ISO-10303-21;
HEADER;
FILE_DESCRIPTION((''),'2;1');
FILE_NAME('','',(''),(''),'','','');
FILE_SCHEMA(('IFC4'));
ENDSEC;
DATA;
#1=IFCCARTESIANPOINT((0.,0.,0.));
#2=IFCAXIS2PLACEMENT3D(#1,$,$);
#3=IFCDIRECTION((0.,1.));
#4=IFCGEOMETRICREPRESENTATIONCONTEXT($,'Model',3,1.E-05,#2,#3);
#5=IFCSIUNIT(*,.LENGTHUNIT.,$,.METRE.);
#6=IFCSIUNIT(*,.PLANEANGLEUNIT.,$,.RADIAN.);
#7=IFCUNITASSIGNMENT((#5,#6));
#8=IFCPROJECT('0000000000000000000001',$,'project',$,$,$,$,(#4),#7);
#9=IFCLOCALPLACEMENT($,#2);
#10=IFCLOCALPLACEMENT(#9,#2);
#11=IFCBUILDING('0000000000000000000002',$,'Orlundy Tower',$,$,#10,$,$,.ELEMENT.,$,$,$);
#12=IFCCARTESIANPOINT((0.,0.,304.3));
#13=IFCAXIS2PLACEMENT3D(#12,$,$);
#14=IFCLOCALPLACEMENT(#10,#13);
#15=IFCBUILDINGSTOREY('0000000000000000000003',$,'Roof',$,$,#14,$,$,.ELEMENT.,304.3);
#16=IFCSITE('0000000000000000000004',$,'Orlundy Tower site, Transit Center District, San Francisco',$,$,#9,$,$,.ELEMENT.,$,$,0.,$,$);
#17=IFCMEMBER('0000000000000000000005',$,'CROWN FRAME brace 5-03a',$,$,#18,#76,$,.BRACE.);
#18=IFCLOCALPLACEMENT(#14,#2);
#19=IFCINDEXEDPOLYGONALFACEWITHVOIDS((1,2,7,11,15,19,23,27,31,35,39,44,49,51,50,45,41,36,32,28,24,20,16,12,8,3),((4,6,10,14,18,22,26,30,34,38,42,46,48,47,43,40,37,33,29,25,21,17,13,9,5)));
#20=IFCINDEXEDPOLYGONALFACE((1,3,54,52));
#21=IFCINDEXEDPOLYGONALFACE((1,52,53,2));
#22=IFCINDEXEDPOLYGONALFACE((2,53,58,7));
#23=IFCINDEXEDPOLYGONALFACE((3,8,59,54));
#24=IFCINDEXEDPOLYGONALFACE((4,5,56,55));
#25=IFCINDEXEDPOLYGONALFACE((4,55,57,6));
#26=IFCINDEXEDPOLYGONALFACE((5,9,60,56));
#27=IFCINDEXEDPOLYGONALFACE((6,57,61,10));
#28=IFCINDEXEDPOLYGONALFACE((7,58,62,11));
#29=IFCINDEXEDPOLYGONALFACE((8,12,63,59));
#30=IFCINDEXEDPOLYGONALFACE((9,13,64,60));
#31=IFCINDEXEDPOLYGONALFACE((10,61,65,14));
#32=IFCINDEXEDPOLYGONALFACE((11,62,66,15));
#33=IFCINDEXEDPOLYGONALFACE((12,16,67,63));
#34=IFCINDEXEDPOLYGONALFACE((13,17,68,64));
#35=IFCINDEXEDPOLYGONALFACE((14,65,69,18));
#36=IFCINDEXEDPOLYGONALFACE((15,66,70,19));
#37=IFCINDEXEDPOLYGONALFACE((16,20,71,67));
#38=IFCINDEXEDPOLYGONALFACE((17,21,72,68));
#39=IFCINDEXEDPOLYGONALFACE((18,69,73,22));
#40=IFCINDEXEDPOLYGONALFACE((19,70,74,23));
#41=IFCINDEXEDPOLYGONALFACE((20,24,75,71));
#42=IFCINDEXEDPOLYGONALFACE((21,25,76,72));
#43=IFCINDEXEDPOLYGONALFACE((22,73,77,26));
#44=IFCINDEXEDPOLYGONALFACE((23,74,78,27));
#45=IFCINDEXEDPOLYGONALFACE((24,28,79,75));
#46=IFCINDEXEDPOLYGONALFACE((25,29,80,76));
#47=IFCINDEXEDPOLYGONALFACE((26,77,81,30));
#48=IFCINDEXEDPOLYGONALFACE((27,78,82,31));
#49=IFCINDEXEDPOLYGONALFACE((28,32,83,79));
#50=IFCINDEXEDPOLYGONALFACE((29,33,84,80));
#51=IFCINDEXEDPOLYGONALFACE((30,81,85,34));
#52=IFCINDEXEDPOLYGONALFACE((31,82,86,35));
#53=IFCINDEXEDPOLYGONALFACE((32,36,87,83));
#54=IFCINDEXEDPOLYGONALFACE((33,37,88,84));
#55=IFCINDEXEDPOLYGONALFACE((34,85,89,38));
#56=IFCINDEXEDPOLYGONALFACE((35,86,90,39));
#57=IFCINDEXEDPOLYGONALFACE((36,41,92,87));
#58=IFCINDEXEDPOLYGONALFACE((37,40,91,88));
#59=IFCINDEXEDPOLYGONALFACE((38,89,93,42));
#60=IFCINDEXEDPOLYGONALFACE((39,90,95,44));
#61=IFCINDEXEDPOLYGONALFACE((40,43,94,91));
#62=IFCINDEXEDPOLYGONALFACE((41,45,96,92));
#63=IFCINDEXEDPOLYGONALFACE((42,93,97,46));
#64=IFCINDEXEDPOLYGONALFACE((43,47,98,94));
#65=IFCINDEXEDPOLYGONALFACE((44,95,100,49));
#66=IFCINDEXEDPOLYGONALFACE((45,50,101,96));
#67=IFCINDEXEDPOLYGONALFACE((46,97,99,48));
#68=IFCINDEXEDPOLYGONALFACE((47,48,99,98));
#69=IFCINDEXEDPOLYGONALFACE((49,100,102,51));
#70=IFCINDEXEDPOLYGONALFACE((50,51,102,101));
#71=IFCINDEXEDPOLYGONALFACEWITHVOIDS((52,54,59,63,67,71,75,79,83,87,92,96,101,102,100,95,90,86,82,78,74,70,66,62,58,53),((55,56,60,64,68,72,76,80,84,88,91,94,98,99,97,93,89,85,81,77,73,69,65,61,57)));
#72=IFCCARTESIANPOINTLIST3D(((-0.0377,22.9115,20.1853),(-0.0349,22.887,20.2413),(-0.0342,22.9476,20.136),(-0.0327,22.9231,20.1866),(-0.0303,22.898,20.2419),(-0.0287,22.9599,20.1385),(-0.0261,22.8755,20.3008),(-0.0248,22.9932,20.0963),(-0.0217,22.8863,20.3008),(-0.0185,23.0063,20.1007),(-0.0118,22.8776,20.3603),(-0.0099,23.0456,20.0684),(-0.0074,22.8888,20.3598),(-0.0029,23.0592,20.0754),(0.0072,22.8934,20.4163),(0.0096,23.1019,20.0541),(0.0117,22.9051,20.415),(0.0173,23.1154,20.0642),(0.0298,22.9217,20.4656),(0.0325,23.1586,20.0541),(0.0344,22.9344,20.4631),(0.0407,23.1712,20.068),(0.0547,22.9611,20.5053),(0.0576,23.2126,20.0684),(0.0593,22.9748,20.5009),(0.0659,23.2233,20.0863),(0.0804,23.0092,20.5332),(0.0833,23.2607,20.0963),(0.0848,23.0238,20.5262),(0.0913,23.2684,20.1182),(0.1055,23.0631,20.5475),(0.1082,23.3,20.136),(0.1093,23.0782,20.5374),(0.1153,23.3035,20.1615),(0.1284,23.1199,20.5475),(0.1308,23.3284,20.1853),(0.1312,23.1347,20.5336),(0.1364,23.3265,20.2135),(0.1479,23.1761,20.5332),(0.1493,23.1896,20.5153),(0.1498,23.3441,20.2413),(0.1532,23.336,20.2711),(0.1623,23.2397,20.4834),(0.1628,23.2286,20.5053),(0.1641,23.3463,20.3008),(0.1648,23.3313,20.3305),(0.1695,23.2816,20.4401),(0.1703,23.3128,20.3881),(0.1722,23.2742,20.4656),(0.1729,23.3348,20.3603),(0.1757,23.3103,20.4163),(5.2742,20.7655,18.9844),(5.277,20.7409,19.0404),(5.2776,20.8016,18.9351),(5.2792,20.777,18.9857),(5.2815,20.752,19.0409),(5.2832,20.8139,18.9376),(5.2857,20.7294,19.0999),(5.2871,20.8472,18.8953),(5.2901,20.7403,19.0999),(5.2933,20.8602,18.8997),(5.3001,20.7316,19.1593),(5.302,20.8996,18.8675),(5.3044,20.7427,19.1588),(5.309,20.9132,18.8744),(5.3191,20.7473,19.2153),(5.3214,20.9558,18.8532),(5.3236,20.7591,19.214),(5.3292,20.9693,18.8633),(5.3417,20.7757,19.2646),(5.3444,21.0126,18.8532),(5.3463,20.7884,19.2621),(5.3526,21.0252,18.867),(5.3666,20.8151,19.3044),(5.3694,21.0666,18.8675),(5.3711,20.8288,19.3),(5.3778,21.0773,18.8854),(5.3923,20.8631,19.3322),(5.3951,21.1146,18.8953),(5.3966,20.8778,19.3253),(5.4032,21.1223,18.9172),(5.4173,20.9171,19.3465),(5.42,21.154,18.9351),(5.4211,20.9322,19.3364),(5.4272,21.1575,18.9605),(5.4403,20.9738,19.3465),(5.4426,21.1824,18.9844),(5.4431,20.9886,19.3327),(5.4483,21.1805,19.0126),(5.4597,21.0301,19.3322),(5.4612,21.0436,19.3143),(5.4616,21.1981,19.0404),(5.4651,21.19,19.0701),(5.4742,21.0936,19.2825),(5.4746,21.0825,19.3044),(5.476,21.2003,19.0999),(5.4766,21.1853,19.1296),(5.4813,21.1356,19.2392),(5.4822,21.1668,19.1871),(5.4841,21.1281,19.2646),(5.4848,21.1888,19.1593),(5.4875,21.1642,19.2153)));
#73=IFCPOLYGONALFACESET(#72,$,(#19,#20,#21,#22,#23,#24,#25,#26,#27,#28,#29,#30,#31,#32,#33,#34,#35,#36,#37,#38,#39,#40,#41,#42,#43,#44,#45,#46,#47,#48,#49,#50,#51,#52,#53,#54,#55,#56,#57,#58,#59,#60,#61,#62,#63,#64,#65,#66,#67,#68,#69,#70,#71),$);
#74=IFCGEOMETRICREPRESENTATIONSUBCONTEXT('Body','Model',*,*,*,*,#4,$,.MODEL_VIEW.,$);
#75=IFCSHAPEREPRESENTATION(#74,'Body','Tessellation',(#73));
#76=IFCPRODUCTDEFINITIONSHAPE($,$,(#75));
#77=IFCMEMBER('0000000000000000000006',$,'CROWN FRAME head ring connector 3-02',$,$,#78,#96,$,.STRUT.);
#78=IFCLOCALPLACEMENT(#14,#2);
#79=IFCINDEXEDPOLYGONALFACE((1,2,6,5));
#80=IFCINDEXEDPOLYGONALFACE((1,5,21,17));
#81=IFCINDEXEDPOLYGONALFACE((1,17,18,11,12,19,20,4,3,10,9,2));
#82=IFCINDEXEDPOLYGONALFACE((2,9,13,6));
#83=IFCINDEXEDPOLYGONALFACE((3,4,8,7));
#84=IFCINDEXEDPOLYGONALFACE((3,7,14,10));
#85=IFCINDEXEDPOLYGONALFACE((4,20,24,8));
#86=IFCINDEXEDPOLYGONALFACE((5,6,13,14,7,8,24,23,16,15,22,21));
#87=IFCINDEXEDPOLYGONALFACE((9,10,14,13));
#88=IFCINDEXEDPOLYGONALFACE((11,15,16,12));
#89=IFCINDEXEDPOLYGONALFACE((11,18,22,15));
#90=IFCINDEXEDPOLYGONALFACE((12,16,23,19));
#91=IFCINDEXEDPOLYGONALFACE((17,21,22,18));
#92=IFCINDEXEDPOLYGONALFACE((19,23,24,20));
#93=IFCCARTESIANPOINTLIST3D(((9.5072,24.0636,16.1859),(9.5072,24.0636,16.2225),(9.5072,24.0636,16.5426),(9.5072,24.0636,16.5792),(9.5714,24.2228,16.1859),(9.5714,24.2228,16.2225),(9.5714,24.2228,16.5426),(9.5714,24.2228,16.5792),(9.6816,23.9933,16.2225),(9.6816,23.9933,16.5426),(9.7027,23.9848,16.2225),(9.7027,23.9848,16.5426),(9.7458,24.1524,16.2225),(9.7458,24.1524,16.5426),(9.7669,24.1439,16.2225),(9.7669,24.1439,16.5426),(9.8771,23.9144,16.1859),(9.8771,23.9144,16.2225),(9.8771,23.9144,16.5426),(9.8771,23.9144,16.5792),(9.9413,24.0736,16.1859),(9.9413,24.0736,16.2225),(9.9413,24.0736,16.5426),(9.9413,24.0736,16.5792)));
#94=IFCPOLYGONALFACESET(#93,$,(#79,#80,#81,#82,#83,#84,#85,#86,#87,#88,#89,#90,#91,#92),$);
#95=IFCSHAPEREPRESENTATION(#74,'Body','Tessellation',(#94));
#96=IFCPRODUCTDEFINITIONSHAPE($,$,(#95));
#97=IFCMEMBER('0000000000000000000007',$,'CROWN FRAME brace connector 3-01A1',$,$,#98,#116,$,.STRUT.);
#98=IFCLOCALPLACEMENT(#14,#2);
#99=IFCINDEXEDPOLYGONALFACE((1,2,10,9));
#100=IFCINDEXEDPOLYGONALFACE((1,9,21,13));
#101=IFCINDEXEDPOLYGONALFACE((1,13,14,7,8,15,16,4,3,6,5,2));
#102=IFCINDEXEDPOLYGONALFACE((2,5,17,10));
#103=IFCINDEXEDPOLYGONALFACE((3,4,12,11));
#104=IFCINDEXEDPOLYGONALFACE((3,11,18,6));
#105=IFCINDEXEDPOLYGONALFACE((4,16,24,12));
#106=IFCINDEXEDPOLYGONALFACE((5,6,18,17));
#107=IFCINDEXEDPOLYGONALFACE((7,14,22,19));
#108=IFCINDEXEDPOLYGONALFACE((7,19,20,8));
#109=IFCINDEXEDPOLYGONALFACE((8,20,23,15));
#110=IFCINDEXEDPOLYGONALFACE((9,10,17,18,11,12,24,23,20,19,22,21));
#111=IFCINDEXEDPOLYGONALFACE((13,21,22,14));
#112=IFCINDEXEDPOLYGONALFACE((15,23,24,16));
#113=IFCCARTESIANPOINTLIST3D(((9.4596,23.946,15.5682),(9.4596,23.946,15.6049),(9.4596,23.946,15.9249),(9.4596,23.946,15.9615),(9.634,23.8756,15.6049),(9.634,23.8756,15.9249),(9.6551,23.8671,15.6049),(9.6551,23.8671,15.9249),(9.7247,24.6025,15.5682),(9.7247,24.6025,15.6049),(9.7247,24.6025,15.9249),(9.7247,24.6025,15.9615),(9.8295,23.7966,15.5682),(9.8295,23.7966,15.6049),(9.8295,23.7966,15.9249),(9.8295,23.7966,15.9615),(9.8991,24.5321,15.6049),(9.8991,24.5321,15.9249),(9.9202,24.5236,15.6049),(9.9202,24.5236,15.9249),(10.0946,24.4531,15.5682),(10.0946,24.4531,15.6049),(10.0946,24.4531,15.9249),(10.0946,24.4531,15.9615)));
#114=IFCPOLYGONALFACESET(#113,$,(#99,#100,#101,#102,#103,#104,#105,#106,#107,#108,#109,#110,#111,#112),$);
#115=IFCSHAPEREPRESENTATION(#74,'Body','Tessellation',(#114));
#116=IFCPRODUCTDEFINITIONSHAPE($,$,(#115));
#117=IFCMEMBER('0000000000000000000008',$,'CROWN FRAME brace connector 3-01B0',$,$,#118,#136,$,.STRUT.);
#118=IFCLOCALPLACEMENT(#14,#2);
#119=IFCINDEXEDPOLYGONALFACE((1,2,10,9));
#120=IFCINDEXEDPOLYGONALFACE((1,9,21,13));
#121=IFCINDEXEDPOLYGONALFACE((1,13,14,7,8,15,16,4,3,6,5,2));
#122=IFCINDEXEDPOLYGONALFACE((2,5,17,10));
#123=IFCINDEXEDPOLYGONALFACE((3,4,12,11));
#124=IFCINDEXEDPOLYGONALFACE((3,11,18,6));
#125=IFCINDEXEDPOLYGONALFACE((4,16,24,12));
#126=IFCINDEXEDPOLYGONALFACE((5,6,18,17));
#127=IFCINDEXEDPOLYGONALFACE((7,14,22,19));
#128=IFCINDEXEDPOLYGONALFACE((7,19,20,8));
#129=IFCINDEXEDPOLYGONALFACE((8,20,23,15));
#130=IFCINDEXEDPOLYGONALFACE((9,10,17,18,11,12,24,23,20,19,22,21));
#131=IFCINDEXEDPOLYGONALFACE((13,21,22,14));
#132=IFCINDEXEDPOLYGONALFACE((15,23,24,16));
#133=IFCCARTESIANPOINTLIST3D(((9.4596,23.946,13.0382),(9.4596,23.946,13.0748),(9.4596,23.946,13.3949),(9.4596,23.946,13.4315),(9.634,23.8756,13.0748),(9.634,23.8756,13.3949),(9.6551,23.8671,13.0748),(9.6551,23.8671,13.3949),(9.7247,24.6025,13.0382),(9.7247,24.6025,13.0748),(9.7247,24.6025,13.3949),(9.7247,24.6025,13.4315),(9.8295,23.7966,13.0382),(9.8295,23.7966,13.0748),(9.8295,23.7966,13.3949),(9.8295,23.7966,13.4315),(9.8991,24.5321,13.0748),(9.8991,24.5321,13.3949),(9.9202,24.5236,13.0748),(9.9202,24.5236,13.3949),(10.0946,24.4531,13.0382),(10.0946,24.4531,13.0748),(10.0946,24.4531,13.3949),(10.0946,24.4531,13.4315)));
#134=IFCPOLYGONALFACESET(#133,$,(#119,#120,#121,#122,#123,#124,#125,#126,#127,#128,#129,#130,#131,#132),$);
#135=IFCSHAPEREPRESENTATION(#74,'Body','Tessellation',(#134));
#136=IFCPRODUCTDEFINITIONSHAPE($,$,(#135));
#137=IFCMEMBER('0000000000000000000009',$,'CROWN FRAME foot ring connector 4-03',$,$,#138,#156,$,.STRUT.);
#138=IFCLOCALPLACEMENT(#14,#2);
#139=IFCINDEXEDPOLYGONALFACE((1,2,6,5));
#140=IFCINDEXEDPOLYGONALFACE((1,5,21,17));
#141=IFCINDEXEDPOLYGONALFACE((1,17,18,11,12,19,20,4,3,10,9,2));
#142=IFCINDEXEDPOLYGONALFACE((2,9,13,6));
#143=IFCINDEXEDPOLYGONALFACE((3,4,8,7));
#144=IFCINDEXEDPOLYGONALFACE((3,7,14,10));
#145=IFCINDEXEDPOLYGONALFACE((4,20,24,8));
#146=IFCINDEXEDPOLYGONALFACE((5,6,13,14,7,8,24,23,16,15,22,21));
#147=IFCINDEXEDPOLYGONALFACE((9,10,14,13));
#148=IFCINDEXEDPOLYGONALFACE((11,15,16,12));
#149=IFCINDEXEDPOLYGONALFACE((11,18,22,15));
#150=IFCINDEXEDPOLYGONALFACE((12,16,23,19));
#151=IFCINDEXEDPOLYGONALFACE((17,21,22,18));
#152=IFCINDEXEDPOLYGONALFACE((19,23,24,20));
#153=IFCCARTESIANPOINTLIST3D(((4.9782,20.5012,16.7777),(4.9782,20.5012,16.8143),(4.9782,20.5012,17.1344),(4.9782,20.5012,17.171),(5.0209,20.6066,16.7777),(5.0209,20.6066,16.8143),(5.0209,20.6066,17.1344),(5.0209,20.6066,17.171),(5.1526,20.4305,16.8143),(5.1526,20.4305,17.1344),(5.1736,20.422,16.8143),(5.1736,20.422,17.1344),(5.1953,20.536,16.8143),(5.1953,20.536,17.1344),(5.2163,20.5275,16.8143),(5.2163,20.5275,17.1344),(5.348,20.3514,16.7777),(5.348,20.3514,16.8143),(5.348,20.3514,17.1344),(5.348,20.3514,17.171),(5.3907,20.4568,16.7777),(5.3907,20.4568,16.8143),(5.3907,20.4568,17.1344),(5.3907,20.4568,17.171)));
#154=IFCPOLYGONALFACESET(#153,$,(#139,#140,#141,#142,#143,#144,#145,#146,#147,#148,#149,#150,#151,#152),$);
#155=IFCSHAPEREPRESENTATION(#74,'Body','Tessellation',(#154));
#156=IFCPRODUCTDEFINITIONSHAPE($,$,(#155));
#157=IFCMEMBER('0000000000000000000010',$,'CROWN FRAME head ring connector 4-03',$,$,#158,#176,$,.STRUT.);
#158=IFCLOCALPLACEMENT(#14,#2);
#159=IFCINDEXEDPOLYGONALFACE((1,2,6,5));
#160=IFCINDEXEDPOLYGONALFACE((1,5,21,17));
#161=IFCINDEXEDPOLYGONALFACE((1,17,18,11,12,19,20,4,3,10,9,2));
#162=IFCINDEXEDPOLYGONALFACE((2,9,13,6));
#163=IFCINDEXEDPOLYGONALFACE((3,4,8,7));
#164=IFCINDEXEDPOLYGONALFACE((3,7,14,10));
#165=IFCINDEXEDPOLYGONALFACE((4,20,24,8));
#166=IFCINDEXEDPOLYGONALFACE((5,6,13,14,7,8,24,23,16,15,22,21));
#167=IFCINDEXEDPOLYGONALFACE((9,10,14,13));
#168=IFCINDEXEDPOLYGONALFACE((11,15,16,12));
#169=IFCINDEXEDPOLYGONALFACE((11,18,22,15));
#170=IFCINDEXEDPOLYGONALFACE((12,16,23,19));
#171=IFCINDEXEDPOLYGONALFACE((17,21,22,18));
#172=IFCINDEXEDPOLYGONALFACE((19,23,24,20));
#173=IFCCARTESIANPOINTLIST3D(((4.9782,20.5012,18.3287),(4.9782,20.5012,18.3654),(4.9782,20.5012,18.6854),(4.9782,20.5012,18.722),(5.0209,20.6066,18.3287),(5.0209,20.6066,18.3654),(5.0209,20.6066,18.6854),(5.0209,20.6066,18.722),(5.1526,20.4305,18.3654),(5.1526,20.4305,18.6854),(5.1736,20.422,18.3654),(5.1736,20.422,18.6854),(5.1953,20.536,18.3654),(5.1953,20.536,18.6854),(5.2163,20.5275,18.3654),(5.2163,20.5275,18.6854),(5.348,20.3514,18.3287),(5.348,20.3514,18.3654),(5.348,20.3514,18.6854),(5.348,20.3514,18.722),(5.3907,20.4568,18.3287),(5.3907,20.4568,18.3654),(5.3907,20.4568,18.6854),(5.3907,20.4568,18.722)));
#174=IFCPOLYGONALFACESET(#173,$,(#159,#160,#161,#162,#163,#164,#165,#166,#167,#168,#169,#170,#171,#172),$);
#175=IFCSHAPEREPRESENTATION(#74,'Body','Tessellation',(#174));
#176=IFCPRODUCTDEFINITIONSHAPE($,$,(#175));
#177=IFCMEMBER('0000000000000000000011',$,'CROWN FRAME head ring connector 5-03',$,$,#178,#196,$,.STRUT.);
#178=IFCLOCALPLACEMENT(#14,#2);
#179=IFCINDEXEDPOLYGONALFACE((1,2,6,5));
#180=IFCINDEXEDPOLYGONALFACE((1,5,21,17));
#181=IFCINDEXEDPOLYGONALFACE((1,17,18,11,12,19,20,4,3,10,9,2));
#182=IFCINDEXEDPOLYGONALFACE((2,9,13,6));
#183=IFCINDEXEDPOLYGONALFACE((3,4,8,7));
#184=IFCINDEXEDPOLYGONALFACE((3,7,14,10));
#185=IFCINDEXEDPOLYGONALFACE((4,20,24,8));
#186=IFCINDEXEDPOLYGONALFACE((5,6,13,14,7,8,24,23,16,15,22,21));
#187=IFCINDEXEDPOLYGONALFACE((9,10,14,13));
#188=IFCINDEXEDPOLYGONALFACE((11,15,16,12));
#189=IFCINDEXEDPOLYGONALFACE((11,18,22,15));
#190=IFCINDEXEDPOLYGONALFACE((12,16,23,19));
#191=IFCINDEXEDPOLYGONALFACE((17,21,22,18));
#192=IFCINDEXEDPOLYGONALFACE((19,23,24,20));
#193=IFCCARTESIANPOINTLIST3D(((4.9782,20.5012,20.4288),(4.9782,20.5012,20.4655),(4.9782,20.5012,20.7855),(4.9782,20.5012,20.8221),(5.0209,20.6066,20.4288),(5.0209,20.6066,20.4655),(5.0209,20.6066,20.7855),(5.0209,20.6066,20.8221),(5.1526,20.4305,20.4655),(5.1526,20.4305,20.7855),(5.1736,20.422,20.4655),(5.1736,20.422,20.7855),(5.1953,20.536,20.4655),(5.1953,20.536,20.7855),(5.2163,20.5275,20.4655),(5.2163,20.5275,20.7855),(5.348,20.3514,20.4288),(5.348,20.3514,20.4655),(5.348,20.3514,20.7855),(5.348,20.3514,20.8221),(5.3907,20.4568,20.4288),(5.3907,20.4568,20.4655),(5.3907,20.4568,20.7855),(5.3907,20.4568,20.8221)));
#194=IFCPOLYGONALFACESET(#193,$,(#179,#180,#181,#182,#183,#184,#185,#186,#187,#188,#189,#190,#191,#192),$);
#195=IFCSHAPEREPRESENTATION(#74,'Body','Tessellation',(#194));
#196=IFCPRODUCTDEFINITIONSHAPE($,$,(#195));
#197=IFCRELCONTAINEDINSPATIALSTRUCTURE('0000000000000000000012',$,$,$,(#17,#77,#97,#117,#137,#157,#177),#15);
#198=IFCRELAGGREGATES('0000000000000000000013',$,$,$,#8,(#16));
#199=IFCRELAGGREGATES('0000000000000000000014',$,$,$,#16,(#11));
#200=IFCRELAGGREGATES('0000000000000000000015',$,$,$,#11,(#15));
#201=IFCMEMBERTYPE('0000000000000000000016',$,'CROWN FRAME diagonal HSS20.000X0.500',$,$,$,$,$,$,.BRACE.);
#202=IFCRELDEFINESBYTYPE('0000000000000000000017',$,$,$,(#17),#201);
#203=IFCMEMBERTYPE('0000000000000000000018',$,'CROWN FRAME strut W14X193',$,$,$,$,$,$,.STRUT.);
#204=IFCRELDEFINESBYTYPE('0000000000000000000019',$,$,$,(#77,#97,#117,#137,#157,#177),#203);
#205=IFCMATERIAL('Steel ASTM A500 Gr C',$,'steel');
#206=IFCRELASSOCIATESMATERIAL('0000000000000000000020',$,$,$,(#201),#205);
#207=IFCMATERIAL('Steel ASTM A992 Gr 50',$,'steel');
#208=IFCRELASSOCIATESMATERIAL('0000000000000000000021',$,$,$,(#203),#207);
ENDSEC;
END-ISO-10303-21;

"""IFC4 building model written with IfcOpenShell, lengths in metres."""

from ifc_helpers import new_model, si_unit, direction, frame, origin, origin_2d, place, context, subcontext, project, spatial, hollow_circle, i_section, extrude, material, material_profile, profile_set, type_object, element, save


model = new_model("IFC4")

# Units and contexts
model_context = context("Model", 3, precision=1e-05, world=origin(), true_north=direction((0.0, 1.0)))
body_context = subcontext(model_context, "Body", "Model", "MODEL_VIEW")
ifc_project = project(units=[si_unit("LENGTHUNIT", "METRE"), si_unit("PLANEANGLEUNIT", "RADIAN")], contexts=[model_context])

# Site, building, storey
site_placement = place(None, origin())
site = spatial("IfcSite", under=ifc_project, at=site_placement, Name="Orlundy Tower site, Transit Center District, San Francisco", CompositionType="ELEMENT", RefElevation=0.0)
building_placement = place(site_placement, origin())
building = spatial("IfcBuilding", under=site, at=building_placement, Name="Orlundy Tower", CompositionType="ELEMENT")
storey_placement = place(building_placement, frame((0.0, 0.0, 304.3)))
storey = spatial("IfcBuildingStorey", under=building, at=storey_placement, Name="Roof", CompositionType="ELEMENT", Elevation=304.3)

# Members
ifc_material_1 = material(Name="Steel ASTM A500 Gr C", Category="steel")
ifc_material_profile_1 = material_profile(ifc_material_1, hollow_circle(Radius=0.2539, WallThickness=0.0117, at=origin_2d()), Name="HSS20.000X0.500")
ifc_profile_set_1 = profile_set([ifc_material_profile_1], Name="Steel ASTM A500 Gr C")
member_type_1 = type_object("IfcMemberType", Name="CROWN FRAME diagonal HSS20.000X0.500", PredefinedType="BRACE", material=ifc_profile_set_1)
for number, where, z_axis, x_axis, name in (
    (1, (5.3809, 20.9648, 19.0999), (-0.907466, 0.366623, 0.205167), (-0.374592, -0.92719, 0.0), "CROWN FRAME brace 5-03a"),
):
    element("IfcMember", number, at=place(storey_placement, frame(where, z_axis=z_axis, x_axis=x_axis)), inside=storey, type_object=member_type_1, Name=name, PredefinedType="BRACE", context=body_context, shape_type="SweptSolid", body=[
        extrude(hollow_circle(Radius=0.2539, WallThickness=0.0117, at=origin_2d()), origin(), (0.0, 0.0, 1.0), 5.8535),
    ])
ifc_material_2 = material(Name="Steel ASTM A992 Gr 50", Category="steel")
ifc_material_profile_2 = material_profile(ifc_material_2, i_section(OverallWidth=0.3989, OverallDepth=0.3933, WebThickness=0.0227, FlangeThickness=0.0366, at=origin_2d()), Name="W14X193")
ifc_profile_set_2 = profile_set([ifc_material_profile_2], Name="Steel ASTM A992 Gr 50")
member_type_2 = type_object("IfcMemberType", Name="CROWN FRAME strut W14X193", PredefinedType="STRUT", material=ifc_profile_set_2)
member_1_placement = place(storey_placement, frame((9.6921, 23.989, 16.3826), z_axis=(0.374087, 0.927394, 0.0), x_axis=(-0.927394, 0.374087, 0.0)))
element("IfcMember", 2, at=member_1_placement, inside=storey, type_object=member_type_2, Name="CROWN FRAME head ring connector 3-02", PredefinedType="STRUT", context=body_context, shape_type="SweptSolid", body=[
    extrude(i_section(OverallWidth=0.3989, OverallDepth=0.3933, WebThickness=0.0227, FlangeThickness=0.0366, at=origin_2d()), origin(), (0.0, 0.0, 1.0), 0.1716),
])
for number, where, z_axis, x_axis, name in (
    (3, (9.6445, 23.8713, 15.7649), (0.37448, 0.927235, 0.0), (-0.927235, 0.37448, 0.0), "CROWN FRAME brace connector 3-01A1"),
    (4, (9.6445, 23.8713, 13.2349), (0.37448, 0.927235, 0.0), (-0.927235, 0.37448, 0.0), "CROWN FRAME brace connector 3-01B0"),
):
    element("IfcMember", number, at=place(storey_placement, frame(where, z_axis=z_axis, x_axis=x_axis)), inside=storey, type_object=member_type_2, Name=name, PredefinedType="STRUT", context=body_context, shape_type="SweptSolid", body=[
        extrude(i_section(OverallWidth=0.3989, OverallDepth=0.3933, WebThickness=0.0227, FlangeThickness=0.0366, at=origin_2d()), origin(), (0.0, 0.0, 1.0), 0.708),
    ])
for number, where, z_axis, x_axis, name in (
    (5, (5.1631, 20.4263, 16.9744), (0.375456, 0.92684, 0.0), (-0.92684, 0.375456, 0.0), "CROWN FRAME foot ring connector 4-03"),
    (6, (5.1631, 20.4263, 18.5254), (0.375456, 0.92684, 0.0), (-0.92684, 0.375456, 0.0), "CROWN FRAME head ring connector 4-03"),
    (7, (5.1631, 20.4263, 20.6255), (0.375456, 0.92684, 0.0), (-0.92684, 0.375456, 0.0), "CROWN FRAME head ring connector 5-03"),
):
    element("IfcMember", number, at=place(storey_placement, frame(where, z_axis=z_axis, x_axis=x_axis)), inside=storey, type_object=member_type_2, Name=name, PredefinedType="STRUT", context=body_context, shape_type="SweptSolid", body=[
        extrude(i_section(OverallWidth=0.3989, OverallDepth=0.3933, WebThickness=0.0227, FlangeThickness=0.0366, at=origin_2d()), origin(), (0.0, 0.0, 1.0), 0.1138),
    ])

save(model, "model.ifc")
